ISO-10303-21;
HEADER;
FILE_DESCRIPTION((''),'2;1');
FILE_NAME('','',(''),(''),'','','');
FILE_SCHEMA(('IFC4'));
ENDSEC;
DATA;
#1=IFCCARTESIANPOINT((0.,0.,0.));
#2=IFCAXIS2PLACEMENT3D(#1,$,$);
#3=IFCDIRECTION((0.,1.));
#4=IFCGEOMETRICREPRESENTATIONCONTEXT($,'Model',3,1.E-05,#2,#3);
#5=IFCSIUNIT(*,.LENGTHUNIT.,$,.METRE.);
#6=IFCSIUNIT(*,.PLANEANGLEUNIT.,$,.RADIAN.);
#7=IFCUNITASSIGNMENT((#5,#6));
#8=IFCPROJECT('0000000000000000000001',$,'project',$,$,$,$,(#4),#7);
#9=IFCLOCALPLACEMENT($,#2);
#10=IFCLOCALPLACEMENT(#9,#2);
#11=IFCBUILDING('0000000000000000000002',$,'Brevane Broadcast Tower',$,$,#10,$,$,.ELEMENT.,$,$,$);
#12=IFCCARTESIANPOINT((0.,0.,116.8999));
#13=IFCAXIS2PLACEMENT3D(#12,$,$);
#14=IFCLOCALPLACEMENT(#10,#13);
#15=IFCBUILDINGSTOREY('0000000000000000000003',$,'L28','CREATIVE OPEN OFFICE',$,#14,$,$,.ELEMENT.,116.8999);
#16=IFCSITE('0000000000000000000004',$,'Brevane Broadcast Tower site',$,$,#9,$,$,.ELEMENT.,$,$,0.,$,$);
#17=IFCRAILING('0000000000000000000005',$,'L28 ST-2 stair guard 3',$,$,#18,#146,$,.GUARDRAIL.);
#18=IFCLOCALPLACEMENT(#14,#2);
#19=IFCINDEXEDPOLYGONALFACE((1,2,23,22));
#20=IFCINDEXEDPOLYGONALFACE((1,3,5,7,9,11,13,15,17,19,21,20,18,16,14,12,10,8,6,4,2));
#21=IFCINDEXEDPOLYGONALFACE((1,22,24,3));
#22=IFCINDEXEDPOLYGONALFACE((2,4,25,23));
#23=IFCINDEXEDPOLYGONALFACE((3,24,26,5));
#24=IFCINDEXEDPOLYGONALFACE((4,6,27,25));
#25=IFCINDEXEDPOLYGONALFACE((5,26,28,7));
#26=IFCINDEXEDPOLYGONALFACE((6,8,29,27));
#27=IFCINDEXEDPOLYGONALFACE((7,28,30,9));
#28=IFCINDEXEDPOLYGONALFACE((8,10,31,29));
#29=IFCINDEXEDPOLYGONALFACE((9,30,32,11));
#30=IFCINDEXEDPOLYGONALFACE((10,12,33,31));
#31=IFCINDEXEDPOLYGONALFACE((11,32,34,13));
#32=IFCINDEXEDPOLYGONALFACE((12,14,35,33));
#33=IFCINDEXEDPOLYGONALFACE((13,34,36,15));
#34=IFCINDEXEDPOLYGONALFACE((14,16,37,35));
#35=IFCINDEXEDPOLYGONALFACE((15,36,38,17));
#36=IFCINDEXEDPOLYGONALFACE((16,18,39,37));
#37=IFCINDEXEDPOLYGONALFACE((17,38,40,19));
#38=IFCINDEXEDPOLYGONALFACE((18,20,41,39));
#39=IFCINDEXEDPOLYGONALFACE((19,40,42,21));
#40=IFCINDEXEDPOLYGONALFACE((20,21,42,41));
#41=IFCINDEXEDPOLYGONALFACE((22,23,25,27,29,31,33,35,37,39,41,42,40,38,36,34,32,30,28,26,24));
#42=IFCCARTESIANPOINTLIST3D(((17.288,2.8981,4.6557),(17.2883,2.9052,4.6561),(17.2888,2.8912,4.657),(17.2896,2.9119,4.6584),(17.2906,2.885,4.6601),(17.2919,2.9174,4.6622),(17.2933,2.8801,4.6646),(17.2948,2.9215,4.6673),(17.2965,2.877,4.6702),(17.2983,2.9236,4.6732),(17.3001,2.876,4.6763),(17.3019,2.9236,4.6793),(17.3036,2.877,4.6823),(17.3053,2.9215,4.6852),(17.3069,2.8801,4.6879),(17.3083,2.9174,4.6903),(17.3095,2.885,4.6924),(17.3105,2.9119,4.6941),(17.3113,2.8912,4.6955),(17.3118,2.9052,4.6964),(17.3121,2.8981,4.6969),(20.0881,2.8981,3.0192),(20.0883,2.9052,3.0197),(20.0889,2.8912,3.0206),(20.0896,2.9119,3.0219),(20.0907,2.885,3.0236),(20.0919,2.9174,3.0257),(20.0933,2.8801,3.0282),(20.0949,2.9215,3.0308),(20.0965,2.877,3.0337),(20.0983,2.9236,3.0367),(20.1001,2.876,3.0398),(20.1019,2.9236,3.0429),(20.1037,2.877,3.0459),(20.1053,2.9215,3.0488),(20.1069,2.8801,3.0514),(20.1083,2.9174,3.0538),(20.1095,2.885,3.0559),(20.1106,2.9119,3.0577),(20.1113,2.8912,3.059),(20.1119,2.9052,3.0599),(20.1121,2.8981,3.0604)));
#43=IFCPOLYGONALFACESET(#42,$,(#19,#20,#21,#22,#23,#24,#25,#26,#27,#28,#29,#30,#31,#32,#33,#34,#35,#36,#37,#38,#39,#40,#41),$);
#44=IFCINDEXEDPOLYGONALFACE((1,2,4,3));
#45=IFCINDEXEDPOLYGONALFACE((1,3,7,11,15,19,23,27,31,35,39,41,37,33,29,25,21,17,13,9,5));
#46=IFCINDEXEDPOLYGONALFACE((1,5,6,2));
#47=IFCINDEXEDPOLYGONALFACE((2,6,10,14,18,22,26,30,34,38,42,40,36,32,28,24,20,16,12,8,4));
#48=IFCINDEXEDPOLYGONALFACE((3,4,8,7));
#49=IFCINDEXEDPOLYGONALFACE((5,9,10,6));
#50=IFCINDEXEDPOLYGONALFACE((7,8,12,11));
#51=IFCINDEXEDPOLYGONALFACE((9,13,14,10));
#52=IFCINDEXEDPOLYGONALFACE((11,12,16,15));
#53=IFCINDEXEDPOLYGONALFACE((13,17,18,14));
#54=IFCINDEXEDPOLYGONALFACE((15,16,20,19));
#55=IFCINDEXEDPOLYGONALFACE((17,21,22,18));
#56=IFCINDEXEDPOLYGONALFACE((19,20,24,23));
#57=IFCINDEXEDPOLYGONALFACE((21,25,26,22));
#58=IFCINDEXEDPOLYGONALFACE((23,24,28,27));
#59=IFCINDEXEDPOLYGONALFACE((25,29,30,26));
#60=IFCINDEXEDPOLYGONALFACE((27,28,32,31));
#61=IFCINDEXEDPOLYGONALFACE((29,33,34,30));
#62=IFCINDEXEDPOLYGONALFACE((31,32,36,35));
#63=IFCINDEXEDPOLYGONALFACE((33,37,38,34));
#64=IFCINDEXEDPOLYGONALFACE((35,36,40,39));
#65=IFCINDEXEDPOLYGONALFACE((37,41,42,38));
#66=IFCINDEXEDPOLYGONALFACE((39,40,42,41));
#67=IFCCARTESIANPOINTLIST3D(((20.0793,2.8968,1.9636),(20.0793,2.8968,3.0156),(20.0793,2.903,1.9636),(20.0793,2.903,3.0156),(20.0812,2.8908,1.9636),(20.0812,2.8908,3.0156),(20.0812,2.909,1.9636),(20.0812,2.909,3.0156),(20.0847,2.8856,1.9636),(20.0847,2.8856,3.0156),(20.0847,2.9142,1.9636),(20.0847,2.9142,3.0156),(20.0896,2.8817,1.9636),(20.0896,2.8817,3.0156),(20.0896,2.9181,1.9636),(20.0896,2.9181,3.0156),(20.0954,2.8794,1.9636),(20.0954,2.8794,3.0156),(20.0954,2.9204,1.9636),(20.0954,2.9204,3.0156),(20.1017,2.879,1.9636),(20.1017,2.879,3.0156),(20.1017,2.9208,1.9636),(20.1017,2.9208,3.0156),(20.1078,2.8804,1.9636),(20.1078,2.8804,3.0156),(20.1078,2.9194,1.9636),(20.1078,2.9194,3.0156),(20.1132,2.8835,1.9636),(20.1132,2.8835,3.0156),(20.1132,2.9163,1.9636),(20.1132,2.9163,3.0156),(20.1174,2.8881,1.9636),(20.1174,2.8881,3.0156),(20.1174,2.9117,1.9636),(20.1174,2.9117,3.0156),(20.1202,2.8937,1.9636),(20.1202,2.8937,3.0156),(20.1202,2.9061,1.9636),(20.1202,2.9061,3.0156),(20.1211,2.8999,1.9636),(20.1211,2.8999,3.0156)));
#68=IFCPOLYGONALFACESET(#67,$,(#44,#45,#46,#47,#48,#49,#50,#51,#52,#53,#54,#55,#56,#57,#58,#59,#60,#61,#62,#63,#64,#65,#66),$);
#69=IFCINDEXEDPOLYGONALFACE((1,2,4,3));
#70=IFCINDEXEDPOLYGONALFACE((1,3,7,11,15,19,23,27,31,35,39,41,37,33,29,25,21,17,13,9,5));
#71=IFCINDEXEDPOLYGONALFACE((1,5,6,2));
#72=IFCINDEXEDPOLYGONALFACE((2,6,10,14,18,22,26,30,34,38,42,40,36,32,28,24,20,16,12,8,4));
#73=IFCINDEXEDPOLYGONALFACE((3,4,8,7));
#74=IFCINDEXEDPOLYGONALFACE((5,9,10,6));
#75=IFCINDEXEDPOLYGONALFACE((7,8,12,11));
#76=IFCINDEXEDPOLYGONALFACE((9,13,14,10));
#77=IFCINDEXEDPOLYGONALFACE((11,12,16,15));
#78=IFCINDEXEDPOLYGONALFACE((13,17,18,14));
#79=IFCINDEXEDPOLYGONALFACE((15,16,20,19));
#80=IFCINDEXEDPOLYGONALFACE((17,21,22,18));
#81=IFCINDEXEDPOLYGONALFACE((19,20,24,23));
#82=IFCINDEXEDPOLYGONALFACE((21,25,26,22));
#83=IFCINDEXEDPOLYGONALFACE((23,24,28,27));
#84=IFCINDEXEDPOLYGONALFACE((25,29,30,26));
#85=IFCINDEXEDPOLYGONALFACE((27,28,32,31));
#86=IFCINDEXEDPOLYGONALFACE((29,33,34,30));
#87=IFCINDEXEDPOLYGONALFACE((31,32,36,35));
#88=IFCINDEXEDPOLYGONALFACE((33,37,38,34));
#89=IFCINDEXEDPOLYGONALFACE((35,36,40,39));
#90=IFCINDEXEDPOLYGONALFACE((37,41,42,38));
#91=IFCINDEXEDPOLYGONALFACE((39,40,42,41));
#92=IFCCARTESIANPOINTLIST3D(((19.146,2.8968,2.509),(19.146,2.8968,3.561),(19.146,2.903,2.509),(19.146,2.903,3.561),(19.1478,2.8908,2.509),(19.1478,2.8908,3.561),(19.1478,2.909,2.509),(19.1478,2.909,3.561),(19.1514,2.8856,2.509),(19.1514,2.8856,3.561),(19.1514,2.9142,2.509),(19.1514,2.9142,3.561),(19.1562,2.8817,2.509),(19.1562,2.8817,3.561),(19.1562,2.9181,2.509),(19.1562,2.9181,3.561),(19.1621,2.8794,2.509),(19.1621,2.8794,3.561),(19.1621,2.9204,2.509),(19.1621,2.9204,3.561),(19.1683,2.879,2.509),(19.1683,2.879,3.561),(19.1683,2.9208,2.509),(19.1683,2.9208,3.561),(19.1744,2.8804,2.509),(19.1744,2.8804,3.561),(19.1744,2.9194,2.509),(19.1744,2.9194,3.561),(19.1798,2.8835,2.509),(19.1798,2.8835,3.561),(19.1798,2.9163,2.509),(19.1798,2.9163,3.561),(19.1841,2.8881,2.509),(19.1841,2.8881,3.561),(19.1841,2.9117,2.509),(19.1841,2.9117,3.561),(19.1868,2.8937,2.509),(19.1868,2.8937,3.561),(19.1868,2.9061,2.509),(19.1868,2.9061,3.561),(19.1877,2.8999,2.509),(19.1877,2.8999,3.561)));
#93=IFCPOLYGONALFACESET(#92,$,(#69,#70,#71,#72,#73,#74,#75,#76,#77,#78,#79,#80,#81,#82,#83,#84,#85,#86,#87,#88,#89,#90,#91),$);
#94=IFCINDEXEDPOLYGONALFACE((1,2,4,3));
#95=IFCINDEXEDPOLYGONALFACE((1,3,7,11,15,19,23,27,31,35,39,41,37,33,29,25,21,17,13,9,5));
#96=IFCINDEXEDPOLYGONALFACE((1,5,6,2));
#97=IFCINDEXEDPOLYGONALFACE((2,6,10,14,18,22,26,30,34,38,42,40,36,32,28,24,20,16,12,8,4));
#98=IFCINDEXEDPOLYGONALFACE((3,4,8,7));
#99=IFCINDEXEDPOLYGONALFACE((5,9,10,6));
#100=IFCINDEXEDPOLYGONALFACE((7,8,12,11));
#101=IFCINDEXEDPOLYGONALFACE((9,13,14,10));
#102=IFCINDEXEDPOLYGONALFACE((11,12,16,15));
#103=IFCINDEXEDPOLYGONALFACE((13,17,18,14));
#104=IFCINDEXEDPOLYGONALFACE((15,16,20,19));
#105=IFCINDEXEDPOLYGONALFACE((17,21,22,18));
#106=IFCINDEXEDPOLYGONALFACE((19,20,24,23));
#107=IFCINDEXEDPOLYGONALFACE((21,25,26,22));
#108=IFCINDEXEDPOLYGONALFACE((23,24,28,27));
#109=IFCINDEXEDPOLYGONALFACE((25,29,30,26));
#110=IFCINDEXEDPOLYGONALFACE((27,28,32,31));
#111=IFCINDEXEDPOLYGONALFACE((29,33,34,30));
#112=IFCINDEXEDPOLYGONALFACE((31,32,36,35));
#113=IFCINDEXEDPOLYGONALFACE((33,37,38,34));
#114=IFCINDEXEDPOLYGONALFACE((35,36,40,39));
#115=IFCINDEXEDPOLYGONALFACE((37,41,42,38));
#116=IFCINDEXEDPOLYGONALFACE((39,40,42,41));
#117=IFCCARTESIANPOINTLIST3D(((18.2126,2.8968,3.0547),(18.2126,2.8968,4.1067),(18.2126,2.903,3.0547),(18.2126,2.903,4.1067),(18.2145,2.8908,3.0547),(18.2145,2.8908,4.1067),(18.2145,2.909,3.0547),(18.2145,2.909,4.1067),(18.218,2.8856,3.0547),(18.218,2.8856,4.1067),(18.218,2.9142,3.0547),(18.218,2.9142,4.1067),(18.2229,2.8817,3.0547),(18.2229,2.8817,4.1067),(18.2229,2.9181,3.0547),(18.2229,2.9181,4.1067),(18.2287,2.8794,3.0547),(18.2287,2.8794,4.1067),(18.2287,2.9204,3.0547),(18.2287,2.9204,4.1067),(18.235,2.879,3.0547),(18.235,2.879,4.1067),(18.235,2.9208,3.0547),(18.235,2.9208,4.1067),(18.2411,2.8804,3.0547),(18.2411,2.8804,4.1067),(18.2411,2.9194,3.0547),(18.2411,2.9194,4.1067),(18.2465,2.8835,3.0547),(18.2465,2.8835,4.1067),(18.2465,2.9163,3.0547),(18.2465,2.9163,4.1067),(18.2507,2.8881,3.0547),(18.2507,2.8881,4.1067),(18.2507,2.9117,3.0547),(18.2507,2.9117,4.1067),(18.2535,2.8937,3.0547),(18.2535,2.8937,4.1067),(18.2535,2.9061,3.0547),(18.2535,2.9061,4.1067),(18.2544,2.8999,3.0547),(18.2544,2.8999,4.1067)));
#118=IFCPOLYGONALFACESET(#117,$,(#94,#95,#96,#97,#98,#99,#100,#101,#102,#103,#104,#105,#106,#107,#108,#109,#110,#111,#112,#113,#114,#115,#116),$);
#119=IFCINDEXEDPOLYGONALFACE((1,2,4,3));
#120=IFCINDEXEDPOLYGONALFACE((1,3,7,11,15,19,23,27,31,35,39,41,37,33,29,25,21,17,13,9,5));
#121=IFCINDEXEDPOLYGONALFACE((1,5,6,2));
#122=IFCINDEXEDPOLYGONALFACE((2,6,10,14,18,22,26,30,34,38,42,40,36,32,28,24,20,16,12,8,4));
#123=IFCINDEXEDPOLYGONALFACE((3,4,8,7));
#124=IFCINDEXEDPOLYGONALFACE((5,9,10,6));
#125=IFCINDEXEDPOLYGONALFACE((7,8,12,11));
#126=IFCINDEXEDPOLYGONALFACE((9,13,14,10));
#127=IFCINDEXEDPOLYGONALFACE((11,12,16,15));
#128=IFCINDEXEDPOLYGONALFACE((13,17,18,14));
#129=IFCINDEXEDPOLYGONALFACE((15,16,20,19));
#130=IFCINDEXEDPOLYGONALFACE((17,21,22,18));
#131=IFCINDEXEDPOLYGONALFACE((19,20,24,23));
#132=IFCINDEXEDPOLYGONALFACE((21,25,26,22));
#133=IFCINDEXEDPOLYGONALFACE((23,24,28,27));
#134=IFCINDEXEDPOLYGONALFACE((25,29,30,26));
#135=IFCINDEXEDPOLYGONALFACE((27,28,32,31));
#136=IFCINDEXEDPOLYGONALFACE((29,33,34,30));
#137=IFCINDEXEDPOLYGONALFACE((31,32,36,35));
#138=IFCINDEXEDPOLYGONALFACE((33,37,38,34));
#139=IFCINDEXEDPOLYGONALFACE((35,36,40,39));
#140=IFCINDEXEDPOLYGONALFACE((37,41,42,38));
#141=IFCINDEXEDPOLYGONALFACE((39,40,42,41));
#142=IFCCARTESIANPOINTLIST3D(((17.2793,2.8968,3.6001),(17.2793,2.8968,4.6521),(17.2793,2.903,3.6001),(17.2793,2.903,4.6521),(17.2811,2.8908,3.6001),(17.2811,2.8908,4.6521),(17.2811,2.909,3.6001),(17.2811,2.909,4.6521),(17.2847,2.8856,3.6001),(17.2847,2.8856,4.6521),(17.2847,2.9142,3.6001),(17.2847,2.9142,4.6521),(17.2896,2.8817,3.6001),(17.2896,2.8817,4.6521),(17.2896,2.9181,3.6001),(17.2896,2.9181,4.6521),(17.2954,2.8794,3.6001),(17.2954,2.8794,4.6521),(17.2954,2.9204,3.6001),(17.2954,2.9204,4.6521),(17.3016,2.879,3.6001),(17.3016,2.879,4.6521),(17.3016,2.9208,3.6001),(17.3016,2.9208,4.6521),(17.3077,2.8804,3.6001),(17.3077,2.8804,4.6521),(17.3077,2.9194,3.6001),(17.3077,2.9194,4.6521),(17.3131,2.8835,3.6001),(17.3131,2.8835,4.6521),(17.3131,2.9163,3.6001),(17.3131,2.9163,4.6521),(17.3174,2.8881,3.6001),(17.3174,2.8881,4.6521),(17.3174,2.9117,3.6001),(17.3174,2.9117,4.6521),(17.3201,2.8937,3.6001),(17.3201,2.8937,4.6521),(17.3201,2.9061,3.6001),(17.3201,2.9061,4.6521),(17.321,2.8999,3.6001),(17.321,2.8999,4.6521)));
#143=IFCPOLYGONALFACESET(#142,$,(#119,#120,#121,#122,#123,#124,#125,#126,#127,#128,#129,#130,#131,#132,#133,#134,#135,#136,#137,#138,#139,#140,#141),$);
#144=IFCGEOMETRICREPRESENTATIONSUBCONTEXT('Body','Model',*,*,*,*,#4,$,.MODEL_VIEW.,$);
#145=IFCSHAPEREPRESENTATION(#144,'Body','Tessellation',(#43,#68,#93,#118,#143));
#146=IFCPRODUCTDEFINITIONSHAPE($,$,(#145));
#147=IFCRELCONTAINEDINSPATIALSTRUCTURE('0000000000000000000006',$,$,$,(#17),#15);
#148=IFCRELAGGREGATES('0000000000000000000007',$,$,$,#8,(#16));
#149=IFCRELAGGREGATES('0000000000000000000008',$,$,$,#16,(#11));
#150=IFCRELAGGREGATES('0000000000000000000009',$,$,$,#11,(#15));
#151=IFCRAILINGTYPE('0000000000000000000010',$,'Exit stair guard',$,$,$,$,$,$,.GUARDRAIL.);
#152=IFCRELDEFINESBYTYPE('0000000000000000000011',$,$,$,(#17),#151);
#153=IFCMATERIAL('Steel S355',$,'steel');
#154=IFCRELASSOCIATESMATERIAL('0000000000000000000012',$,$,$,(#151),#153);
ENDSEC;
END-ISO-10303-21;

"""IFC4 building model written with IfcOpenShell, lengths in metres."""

from ifc_helpers import new_model, si_unit, direction, frame, origin, origin_2d, place, context, subcontext, project, spatial, circle, extrude, material, type_object, element, save


model = new_model("IFC4")

# Units and contexts
model_context = context("Model", 3, precision=1e-05, world=origin(), true_north=direction((0.0, 1.0)))
body_context = subcontext(model_context, "Body", "Model", "MODEL_VIEW")
ifc_project = project(units=[si_unit("LENGTHUNIT", "METRE"), si_unit("PLANEANGLEUNIT", "RADIAN")], contexts=[model_context])

# Site, building, storey
site_placement = place(None, origin())
site = spatial("IfcSite", under=ifc_project, at=site_placement, Name="Brevane Broadcast Tower site", CompositionType="ELEMENT", RefElevation=0.0)
building_placement = place(site_placement, origin())
building = spatial("IfcBuilding", under=site, at=building_placement, Name="Brevane Broadcast Tower", CompositionType="ELEMENT")
storey_placement = place(building_placement, frame((0.0, 0.0, 116.8999)))
storey = spatial("IfcBuildingStorey", under=building, at=storey_placement, Name="L28", Description="CREATIVE OPEN OFFICE", CompositionType="ELEMENT", Elevation=116.8999)

# Railing
ifc_material_1 = material(Name="Steel S355", Category="steel")
railing_type_1 = type_object("IfcRailingType", Name="Exit stair guard", PredefinedType="GUARDRAIL", material=ifc_material_1)
railing_1_placement = place(storey_placement, frame((20.1001, 2.8999, 1.9636)))
element("IfcRailing", 1, at=railing_1_placement, inside=storey, type_object=railing_type_1, Name="L28 ST-2 stair guard 3", PredefinedType="GUARDRAIL", context=body_context, shape_type="SweptSolid", body=[
    extrude(circle(Radius=0.0239, at=origin_2d()), frame((0.0, 0.0, 1.0762), z_axis=(-0.863361, 0.0, 0.504587), x_axis=(0.0, -1.0, 0.0)), (0.0, 0.0, 1.0), 3.2432),
    extrude(circle(Radius=0.021, at=origin_2d()), origin(), (0.0, 0.0, 1.0), 1.052),
    extrude(circle(Radius=0.021, at=origin_2d()), frame((-0.9333, 0.0, 0.5454)), (0.0, 0.0, 1.0), 1.052),
    extrude(circle(Radius=0.021, at=origin_2d()), frame((-1.8667, 0.0, 1.0911)), (0.0, 0.0, 1.0), 1.052),
    extrude(circle(Radius=0.021, at=origin_2d()), frame((-2.8, 0.0, 1.6365)), (0.0, 0.0, 1.0), 1.052),
])

save(model, "model.ifc")
